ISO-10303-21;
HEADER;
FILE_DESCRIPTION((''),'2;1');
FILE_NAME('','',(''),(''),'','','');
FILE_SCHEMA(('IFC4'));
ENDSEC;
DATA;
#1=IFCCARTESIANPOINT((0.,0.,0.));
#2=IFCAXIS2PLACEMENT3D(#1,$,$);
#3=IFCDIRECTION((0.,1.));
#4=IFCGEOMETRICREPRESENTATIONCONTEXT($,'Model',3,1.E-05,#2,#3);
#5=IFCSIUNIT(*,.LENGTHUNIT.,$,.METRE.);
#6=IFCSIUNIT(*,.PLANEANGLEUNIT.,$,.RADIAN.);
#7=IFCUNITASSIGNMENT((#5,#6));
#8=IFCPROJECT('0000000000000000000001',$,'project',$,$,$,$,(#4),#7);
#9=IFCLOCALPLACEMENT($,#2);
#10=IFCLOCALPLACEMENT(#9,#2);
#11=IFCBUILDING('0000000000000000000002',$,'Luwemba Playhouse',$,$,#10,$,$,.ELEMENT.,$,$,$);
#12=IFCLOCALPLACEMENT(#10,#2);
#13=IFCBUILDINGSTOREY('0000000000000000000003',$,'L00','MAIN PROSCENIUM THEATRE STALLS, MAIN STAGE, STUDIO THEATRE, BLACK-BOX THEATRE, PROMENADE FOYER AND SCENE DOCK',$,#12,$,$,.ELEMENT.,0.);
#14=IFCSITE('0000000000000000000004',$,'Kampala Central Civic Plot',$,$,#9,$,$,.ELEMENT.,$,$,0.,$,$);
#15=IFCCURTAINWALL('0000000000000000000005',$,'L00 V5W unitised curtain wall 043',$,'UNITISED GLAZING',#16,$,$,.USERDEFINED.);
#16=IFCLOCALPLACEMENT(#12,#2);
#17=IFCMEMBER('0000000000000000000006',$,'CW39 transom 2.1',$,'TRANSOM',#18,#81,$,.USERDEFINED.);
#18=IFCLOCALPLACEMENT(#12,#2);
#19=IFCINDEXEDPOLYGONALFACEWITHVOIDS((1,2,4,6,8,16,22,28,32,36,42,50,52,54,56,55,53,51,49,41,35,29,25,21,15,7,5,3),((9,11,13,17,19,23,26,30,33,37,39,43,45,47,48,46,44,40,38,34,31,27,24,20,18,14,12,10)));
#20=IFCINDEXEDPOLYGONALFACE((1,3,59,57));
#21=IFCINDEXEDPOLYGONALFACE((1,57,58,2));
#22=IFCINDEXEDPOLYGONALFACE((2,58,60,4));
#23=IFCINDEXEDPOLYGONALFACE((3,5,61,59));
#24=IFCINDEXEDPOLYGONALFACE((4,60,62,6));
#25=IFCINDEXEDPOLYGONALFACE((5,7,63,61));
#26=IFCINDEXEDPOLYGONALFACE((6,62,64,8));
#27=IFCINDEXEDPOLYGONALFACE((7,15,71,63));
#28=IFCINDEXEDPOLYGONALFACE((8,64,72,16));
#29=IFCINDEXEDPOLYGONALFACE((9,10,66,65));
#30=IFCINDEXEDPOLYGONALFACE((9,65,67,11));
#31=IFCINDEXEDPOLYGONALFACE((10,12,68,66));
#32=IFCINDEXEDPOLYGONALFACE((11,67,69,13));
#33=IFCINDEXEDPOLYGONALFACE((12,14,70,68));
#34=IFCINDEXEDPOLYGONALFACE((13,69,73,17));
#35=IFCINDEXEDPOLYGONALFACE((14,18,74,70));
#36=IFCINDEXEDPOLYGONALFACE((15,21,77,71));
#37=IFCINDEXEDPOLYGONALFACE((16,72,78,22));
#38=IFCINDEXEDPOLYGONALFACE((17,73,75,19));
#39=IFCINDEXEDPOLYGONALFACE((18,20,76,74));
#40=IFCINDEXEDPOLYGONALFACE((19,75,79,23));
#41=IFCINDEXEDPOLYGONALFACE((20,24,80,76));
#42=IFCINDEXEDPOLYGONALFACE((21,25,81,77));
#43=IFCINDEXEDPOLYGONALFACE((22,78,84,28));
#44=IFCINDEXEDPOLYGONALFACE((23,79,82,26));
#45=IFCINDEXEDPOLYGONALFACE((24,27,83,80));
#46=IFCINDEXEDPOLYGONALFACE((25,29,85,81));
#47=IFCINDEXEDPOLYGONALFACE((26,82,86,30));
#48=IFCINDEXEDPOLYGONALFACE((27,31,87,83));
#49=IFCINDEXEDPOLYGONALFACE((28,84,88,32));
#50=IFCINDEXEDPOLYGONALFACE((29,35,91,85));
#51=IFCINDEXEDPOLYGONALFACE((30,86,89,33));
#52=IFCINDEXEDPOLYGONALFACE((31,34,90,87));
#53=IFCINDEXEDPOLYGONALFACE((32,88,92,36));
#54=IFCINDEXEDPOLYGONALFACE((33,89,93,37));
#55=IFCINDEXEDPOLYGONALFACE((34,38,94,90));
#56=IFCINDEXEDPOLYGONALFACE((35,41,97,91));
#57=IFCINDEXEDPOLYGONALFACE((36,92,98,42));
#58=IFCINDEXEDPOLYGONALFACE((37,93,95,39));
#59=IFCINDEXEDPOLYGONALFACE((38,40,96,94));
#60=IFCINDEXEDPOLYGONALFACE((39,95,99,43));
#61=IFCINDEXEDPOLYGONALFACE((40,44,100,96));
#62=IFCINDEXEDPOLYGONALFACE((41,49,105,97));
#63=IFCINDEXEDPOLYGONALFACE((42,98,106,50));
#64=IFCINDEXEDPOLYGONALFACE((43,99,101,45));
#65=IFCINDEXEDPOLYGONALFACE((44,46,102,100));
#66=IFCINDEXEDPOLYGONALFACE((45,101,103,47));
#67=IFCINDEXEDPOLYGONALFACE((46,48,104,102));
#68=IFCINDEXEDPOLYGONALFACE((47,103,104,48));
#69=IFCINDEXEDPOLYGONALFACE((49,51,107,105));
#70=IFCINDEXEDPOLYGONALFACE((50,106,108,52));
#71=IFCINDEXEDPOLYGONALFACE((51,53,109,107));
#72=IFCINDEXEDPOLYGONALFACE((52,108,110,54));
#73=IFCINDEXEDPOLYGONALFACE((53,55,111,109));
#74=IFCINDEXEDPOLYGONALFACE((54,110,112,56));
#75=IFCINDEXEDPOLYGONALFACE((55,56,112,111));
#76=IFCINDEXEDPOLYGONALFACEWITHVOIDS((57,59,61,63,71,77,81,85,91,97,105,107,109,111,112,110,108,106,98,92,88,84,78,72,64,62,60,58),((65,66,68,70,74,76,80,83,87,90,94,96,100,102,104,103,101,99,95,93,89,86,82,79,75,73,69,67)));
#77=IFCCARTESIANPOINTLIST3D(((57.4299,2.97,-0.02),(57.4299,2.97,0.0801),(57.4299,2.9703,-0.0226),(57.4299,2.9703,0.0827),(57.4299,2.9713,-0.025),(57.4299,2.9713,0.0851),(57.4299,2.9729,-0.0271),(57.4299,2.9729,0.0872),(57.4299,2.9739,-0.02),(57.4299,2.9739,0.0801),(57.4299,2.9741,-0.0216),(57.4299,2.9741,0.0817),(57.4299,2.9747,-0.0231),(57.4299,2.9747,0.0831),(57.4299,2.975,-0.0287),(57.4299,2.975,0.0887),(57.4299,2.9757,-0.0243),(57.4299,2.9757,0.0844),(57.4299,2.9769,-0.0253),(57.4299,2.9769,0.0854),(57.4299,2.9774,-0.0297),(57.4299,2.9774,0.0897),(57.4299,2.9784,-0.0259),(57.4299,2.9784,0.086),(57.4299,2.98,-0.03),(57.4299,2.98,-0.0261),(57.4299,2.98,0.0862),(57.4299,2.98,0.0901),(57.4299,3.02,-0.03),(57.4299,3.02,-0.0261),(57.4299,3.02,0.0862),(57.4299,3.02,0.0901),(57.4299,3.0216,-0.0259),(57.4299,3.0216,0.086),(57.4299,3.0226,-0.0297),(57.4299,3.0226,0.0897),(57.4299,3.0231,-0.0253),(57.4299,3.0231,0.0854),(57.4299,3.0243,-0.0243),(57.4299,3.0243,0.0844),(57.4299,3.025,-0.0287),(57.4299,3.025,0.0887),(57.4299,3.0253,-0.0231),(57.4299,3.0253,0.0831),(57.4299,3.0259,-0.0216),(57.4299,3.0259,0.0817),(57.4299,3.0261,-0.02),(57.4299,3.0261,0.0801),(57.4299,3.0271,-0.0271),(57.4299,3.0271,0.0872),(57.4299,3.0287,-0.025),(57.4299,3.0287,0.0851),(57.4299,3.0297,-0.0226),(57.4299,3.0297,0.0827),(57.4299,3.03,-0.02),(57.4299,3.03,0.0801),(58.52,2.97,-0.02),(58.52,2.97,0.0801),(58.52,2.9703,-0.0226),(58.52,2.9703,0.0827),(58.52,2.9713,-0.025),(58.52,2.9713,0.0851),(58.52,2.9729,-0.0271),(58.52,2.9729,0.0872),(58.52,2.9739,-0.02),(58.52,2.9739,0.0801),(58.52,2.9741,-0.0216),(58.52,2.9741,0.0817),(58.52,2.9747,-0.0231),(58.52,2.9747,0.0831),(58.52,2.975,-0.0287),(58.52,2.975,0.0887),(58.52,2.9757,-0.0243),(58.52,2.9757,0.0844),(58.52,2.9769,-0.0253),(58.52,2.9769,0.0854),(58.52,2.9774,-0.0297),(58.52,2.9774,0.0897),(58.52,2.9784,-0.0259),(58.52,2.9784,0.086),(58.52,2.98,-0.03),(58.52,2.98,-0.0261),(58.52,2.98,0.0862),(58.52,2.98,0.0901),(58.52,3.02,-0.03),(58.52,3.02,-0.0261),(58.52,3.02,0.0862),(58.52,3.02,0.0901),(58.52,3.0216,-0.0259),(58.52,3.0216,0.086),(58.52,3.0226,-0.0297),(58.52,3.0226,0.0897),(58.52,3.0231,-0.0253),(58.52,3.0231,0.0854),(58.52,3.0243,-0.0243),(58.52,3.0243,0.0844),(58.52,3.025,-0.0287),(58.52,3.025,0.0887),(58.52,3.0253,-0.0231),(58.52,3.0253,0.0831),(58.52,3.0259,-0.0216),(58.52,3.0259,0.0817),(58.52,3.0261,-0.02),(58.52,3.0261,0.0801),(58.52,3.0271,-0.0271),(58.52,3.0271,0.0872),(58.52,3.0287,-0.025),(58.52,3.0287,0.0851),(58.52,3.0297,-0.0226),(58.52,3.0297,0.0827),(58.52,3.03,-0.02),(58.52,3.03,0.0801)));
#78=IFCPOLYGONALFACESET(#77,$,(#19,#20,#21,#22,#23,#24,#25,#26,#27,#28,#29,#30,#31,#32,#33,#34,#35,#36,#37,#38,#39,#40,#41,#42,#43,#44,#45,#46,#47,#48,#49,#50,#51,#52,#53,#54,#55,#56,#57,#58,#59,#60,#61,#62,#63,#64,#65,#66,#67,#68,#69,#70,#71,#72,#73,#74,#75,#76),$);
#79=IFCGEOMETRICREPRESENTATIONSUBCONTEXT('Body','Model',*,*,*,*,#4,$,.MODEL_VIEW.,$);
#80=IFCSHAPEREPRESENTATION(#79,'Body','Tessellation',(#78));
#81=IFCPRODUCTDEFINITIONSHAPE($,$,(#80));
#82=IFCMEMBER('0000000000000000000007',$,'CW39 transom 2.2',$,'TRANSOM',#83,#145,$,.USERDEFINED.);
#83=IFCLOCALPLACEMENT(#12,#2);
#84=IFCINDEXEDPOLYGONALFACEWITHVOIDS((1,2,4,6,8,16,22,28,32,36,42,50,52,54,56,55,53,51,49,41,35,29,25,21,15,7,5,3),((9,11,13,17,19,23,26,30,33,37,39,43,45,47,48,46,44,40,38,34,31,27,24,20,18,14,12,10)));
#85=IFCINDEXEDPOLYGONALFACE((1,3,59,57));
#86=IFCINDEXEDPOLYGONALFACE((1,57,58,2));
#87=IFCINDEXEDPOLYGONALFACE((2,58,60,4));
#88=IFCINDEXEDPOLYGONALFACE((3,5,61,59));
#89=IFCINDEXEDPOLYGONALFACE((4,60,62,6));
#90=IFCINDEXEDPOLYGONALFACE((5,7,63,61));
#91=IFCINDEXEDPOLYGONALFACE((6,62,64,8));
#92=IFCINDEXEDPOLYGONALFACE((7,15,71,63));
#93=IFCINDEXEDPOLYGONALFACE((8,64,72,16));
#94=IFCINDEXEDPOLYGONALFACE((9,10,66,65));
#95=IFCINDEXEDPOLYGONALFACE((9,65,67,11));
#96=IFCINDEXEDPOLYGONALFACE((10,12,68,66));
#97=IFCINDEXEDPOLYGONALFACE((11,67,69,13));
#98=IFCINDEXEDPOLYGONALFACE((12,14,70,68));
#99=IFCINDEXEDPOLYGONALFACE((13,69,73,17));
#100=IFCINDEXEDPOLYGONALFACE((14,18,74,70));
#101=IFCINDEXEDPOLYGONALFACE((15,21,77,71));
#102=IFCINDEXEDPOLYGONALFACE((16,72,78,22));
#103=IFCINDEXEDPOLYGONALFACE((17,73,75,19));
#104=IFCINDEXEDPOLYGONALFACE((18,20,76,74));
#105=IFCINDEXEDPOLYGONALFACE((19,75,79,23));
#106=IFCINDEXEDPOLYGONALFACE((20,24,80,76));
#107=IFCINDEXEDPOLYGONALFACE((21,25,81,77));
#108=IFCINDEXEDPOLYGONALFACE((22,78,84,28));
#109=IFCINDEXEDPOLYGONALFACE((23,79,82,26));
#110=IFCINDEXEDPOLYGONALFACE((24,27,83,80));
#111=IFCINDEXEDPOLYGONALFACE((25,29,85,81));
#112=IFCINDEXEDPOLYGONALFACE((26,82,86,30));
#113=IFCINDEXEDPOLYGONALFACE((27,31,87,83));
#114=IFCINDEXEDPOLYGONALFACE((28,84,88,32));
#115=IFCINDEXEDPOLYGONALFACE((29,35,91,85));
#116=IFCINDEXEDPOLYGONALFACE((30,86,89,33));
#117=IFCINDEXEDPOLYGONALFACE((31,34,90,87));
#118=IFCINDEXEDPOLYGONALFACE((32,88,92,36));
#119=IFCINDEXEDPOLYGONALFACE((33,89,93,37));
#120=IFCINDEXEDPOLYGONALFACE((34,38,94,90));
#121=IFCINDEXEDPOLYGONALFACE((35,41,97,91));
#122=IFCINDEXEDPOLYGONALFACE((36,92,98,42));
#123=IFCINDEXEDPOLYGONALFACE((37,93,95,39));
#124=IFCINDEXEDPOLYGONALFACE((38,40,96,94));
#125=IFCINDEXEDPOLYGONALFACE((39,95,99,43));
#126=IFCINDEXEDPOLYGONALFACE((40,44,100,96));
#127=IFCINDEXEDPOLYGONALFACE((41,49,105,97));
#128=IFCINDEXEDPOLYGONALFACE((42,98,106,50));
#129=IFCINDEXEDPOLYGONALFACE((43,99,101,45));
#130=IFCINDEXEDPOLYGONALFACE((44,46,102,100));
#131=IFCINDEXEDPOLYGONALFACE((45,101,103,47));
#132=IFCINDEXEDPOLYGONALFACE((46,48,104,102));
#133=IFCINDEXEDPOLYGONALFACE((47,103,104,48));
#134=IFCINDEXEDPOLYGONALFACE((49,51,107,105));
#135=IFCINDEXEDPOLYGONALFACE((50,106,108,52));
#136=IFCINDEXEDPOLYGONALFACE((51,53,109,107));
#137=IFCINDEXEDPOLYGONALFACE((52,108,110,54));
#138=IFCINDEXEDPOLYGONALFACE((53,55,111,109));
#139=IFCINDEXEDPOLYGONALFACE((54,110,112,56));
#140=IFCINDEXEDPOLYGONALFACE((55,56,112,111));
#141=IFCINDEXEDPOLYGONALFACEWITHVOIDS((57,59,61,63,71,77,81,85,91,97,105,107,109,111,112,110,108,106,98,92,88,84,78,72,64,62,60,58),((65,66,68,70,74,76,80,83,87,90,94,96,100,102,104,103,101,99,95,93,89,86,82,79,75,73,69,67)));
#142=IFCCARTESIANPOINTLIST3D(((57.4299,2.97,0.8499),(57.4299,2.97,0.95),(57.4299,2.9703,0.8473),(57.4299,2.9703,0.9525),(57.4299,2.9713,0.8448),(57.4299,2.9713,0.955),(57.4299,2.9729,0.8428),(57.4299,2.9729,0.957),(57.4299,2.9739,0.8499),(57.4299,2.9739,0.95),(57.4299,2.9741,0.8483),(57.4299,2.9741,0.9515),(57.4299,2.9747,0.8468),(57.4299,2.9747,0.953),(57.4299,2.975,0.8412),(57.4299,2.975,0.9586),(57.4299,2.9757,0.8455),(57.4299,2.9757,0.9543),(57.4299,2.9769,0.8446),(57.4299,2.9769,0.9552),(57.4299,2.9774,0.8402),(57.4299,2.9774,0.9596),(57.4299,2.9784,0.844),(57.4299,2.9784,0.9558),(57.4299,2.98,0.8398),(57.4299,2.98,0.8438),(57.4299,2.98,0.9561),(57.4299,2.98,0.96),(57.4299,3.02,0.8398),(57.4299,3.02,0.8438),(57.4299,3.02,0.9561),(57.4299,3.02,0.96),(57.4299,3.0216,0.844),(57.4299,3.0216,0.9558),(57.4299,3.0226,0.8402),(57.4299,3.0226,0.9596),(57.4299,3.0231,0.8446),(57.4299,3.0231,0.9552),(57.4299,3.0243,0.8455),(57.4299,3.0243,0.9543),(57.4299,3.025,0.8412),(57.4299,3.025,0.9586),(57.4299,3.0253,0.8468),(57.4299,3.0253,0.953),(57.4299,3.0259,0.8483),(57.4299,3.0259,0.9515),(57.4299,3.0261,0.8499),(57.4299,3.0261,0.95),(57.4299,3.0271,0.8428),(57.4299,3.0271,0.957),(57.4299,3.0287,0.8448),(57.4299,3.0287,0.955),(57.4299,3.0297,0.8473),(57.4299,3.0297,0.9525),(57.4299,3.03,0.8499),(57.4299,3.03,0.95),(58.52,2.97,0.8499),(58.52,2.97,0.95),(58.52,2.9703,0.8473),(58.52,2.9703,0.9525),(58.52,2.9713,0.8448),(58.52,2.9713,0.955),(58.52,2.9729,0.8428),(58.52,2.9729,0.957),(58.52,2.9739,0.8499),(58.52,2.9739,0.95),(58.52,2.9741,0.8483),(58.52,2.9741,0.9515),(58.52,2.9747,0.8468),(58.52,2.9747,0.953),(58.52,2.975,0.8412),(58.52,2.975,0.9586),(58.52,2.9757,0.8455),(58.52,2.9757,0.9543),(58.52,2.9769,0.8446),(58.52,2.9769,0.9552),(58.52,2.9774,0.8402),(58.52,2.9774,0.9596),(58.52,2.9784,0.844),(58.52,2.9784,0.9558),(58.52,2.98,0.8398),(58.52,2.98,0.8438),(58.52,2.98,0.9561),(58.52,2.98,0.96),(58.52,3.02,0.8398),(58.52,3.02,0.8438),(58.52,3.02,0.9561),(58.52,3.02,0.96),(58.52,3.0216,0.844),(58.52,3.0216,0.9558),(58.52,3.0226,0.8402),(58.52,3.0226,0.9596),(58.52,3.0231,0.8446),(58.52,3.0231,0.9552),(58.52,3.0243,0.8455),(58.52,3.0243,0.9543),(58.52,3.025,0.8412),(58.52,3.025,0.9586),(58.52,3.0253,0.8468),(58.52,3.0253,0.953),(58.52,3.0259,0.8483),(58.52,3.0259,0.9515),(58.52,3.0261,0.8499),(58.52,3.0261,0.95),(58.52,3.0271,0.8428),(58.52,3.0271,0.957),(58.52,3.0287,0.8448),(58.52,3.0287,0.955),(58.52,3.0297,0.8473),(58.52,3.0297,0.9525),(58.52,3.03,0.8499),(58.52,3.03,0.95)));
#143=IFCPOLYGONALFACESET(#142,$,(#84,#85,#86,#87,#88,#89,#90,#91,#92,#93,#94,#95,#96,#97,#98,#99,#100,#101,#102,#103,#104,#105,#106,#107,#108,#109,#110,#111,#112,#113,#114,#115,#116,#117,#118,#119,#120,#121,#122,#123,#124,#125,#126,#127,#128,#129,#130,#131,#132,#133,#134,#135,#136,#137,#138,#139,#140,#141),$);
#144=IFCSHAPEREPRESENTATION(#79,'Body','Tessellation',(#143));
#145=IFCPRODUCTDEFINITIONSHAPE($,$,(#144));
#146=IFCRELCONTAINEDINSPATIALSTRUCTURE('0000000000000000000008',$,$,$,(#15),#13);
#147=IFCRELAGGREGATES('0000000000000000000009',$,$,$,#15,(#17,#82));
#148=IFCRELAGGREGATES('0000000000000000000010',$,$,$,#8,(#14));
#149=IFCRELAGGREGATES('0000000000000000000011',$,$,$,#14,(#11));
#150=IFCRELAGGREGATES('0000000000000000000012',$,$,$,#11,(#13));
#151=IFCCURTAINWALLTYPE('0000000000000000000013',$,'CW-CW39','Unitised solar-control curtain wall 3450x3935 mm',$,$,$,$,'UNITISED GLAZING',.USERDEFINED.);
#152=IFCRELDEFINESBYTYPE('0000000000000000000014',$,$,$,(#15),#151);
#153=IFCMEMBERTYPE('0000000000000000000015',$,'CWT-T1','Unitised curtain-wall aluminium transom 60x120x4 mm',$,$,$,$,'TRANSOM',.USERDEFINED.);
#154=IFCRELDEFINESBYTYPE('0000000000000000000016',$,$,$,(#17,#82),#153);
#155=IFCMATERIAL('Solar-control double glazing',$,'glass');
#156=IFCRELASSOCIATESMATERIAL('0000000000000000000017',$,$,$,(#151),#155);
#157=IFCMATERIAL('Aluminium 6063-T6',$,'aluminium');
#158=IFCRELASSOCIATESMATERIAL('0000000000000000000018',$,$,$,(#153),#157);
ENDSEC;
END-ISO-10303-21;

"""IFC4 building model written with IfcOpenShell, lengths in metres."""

from ifc_helpers import new_model, si_unit, direction, frame, origin, origin_2d, place, context, subcontext, project, spatial, hollow_rectangle, extrude, material, material_profile, profile_set, type_object, element, aggregate, save


model = new_model("IFC4")

# Units and contexts
model_context = context("Model", 3, precision=1e-05, world=origin(), true_north=direction((0.0, 1.0)))
body_context = subcontext(model_context, "Body", "Model", "MODEL_VIEW")
ifc_project = project(units=[si_unit("LENGTHUNIT", "METRE"), si_unit("PLANEANGLEUNIT", "RADIAN")], contexts=[model_context])

# Site, building, storey
site_placement = place(None, origin())
site = spatial("IfcSite", under=ifc_project, at=site_placement, Name="Kampala Central Civic Plot", CompositionType="ELEMENT", RefElevation=0.0)
building_placement = place(site_placement, origin())
building = spatial("IfcBuilding", under=site, at=building_placement, Name="Luwemba Playhouse", CompositionType="ELEMENT")
storey_placement = place(building_placement, origin())
storey = spatial("IfcBuildingStorey", under=building, at=storey_placement, Name="L00", Description="MAIN PROSCENIUM THEATRE STALLS, MAIN STAGE, STUDIO THEATRE, BLACK-BOX THEATRE, PROMENADE FOYER AND SCENE DOCK", CompositionType="ELEMENT", Elevation=0.0)

# Curtain wall
ifc_material_1 = material(Name="Solar-control double glazing", Category="glass")
curtain_wall_type_1 = type_object("IfcCurtainWallType", Name="CW-CW39", Description="Unitised solar-control curtain wall 3450x3935 mm", ElementType="UNITISED GLAZING", PredefinedType="USERDEFINED", material=ifc_material_1)
curtain_wall_1_placement = place(storey_placement, origin())
curtain_wall_1 = element("IfcCurtainWall", 1, at=curtain_wall_1_placement, inside=storey, type_object=curtain_wall_type_1, Name="L00 V5W unitised curtain wall 043", ObjectType="UNITISED GLAZING", PredefinedType="USERDEFINED")
ifc_material_2 = material(Name="Aluminium 6063-T6", Category="aluminium")

# Members
ifc_material_profile_1 = material_profile(ifc_material_2, hollow_rectangle(XDim=0.0601, YDim=0.1201, WallThickness=0.0039, InnerFilletRadius=0.0061, OuterFilletRadius=0.01, at=origin_2d()))
ifc_profile_set_1 = profile_set([ifc_material_profile_1], Name="Aluminium 6063-T6")
member_type_1 = type_object("IfcMemberType", Name="CWT-T1", Description="Unitised curtain-wall aluminium transom 60x120x4 mm", ElementType="TRANSOM", PredefinedType="USERDEFINED", material=ifc_profile_set_1)
member_1_placement = place(storey_placement, frame((58.52, 3.0, 0.03), z_axis=(-1.0, 0.0, 0.0), x_axis=(0.0, -1.0, 0.0)))
member_1 = element("IfcMember", 2, at=member_1_placement, type_object=member_type_1, Name="CW39 transom 2.1", ObjectType="TRANSOM", PredefinedType="USERDEFINED", context=body_context, shape_type="SweptSolid", body=[
    extrude(hollow_rectangle(XDim=0.0601, YDim=0.1201, WallThickness=0.0039, InnerFilletRadius=0.0061, OuterFilletRadius=0.01, at=origin_2d()), origin(), (0.0, 0.0, 1.0), 1.0901),
])
member_2_placement = place(storey_placement, frame((58.52, 3.0, 0.8999), z_axis=(-1.0, 0.0, 0.0), x_axis=(0.0, -1.0, 0.0)))
member_2 = element("IfcMember", 3, at=member_2_placement, type_object=member_type_1, Name="CW39 transom 2.2", ObjectType="TRANSOM", PredefinedType="USERDEFINED", context=body_context, shape_type="SweptSolid", body=[
    extrude(hollow_rectangle(XDim=0.0601, YDim=0.1201, WallThickness=0.0039, InnerFilletRadius=0.0061, OuterFilletRadius=0.01, at=origin_2d()), origin(), (0.0, 0.0, 1.0), 1.0901),
])

aggregate(curtain_wall_1, [member_1, member_2])

save(model, "model.ifc")
